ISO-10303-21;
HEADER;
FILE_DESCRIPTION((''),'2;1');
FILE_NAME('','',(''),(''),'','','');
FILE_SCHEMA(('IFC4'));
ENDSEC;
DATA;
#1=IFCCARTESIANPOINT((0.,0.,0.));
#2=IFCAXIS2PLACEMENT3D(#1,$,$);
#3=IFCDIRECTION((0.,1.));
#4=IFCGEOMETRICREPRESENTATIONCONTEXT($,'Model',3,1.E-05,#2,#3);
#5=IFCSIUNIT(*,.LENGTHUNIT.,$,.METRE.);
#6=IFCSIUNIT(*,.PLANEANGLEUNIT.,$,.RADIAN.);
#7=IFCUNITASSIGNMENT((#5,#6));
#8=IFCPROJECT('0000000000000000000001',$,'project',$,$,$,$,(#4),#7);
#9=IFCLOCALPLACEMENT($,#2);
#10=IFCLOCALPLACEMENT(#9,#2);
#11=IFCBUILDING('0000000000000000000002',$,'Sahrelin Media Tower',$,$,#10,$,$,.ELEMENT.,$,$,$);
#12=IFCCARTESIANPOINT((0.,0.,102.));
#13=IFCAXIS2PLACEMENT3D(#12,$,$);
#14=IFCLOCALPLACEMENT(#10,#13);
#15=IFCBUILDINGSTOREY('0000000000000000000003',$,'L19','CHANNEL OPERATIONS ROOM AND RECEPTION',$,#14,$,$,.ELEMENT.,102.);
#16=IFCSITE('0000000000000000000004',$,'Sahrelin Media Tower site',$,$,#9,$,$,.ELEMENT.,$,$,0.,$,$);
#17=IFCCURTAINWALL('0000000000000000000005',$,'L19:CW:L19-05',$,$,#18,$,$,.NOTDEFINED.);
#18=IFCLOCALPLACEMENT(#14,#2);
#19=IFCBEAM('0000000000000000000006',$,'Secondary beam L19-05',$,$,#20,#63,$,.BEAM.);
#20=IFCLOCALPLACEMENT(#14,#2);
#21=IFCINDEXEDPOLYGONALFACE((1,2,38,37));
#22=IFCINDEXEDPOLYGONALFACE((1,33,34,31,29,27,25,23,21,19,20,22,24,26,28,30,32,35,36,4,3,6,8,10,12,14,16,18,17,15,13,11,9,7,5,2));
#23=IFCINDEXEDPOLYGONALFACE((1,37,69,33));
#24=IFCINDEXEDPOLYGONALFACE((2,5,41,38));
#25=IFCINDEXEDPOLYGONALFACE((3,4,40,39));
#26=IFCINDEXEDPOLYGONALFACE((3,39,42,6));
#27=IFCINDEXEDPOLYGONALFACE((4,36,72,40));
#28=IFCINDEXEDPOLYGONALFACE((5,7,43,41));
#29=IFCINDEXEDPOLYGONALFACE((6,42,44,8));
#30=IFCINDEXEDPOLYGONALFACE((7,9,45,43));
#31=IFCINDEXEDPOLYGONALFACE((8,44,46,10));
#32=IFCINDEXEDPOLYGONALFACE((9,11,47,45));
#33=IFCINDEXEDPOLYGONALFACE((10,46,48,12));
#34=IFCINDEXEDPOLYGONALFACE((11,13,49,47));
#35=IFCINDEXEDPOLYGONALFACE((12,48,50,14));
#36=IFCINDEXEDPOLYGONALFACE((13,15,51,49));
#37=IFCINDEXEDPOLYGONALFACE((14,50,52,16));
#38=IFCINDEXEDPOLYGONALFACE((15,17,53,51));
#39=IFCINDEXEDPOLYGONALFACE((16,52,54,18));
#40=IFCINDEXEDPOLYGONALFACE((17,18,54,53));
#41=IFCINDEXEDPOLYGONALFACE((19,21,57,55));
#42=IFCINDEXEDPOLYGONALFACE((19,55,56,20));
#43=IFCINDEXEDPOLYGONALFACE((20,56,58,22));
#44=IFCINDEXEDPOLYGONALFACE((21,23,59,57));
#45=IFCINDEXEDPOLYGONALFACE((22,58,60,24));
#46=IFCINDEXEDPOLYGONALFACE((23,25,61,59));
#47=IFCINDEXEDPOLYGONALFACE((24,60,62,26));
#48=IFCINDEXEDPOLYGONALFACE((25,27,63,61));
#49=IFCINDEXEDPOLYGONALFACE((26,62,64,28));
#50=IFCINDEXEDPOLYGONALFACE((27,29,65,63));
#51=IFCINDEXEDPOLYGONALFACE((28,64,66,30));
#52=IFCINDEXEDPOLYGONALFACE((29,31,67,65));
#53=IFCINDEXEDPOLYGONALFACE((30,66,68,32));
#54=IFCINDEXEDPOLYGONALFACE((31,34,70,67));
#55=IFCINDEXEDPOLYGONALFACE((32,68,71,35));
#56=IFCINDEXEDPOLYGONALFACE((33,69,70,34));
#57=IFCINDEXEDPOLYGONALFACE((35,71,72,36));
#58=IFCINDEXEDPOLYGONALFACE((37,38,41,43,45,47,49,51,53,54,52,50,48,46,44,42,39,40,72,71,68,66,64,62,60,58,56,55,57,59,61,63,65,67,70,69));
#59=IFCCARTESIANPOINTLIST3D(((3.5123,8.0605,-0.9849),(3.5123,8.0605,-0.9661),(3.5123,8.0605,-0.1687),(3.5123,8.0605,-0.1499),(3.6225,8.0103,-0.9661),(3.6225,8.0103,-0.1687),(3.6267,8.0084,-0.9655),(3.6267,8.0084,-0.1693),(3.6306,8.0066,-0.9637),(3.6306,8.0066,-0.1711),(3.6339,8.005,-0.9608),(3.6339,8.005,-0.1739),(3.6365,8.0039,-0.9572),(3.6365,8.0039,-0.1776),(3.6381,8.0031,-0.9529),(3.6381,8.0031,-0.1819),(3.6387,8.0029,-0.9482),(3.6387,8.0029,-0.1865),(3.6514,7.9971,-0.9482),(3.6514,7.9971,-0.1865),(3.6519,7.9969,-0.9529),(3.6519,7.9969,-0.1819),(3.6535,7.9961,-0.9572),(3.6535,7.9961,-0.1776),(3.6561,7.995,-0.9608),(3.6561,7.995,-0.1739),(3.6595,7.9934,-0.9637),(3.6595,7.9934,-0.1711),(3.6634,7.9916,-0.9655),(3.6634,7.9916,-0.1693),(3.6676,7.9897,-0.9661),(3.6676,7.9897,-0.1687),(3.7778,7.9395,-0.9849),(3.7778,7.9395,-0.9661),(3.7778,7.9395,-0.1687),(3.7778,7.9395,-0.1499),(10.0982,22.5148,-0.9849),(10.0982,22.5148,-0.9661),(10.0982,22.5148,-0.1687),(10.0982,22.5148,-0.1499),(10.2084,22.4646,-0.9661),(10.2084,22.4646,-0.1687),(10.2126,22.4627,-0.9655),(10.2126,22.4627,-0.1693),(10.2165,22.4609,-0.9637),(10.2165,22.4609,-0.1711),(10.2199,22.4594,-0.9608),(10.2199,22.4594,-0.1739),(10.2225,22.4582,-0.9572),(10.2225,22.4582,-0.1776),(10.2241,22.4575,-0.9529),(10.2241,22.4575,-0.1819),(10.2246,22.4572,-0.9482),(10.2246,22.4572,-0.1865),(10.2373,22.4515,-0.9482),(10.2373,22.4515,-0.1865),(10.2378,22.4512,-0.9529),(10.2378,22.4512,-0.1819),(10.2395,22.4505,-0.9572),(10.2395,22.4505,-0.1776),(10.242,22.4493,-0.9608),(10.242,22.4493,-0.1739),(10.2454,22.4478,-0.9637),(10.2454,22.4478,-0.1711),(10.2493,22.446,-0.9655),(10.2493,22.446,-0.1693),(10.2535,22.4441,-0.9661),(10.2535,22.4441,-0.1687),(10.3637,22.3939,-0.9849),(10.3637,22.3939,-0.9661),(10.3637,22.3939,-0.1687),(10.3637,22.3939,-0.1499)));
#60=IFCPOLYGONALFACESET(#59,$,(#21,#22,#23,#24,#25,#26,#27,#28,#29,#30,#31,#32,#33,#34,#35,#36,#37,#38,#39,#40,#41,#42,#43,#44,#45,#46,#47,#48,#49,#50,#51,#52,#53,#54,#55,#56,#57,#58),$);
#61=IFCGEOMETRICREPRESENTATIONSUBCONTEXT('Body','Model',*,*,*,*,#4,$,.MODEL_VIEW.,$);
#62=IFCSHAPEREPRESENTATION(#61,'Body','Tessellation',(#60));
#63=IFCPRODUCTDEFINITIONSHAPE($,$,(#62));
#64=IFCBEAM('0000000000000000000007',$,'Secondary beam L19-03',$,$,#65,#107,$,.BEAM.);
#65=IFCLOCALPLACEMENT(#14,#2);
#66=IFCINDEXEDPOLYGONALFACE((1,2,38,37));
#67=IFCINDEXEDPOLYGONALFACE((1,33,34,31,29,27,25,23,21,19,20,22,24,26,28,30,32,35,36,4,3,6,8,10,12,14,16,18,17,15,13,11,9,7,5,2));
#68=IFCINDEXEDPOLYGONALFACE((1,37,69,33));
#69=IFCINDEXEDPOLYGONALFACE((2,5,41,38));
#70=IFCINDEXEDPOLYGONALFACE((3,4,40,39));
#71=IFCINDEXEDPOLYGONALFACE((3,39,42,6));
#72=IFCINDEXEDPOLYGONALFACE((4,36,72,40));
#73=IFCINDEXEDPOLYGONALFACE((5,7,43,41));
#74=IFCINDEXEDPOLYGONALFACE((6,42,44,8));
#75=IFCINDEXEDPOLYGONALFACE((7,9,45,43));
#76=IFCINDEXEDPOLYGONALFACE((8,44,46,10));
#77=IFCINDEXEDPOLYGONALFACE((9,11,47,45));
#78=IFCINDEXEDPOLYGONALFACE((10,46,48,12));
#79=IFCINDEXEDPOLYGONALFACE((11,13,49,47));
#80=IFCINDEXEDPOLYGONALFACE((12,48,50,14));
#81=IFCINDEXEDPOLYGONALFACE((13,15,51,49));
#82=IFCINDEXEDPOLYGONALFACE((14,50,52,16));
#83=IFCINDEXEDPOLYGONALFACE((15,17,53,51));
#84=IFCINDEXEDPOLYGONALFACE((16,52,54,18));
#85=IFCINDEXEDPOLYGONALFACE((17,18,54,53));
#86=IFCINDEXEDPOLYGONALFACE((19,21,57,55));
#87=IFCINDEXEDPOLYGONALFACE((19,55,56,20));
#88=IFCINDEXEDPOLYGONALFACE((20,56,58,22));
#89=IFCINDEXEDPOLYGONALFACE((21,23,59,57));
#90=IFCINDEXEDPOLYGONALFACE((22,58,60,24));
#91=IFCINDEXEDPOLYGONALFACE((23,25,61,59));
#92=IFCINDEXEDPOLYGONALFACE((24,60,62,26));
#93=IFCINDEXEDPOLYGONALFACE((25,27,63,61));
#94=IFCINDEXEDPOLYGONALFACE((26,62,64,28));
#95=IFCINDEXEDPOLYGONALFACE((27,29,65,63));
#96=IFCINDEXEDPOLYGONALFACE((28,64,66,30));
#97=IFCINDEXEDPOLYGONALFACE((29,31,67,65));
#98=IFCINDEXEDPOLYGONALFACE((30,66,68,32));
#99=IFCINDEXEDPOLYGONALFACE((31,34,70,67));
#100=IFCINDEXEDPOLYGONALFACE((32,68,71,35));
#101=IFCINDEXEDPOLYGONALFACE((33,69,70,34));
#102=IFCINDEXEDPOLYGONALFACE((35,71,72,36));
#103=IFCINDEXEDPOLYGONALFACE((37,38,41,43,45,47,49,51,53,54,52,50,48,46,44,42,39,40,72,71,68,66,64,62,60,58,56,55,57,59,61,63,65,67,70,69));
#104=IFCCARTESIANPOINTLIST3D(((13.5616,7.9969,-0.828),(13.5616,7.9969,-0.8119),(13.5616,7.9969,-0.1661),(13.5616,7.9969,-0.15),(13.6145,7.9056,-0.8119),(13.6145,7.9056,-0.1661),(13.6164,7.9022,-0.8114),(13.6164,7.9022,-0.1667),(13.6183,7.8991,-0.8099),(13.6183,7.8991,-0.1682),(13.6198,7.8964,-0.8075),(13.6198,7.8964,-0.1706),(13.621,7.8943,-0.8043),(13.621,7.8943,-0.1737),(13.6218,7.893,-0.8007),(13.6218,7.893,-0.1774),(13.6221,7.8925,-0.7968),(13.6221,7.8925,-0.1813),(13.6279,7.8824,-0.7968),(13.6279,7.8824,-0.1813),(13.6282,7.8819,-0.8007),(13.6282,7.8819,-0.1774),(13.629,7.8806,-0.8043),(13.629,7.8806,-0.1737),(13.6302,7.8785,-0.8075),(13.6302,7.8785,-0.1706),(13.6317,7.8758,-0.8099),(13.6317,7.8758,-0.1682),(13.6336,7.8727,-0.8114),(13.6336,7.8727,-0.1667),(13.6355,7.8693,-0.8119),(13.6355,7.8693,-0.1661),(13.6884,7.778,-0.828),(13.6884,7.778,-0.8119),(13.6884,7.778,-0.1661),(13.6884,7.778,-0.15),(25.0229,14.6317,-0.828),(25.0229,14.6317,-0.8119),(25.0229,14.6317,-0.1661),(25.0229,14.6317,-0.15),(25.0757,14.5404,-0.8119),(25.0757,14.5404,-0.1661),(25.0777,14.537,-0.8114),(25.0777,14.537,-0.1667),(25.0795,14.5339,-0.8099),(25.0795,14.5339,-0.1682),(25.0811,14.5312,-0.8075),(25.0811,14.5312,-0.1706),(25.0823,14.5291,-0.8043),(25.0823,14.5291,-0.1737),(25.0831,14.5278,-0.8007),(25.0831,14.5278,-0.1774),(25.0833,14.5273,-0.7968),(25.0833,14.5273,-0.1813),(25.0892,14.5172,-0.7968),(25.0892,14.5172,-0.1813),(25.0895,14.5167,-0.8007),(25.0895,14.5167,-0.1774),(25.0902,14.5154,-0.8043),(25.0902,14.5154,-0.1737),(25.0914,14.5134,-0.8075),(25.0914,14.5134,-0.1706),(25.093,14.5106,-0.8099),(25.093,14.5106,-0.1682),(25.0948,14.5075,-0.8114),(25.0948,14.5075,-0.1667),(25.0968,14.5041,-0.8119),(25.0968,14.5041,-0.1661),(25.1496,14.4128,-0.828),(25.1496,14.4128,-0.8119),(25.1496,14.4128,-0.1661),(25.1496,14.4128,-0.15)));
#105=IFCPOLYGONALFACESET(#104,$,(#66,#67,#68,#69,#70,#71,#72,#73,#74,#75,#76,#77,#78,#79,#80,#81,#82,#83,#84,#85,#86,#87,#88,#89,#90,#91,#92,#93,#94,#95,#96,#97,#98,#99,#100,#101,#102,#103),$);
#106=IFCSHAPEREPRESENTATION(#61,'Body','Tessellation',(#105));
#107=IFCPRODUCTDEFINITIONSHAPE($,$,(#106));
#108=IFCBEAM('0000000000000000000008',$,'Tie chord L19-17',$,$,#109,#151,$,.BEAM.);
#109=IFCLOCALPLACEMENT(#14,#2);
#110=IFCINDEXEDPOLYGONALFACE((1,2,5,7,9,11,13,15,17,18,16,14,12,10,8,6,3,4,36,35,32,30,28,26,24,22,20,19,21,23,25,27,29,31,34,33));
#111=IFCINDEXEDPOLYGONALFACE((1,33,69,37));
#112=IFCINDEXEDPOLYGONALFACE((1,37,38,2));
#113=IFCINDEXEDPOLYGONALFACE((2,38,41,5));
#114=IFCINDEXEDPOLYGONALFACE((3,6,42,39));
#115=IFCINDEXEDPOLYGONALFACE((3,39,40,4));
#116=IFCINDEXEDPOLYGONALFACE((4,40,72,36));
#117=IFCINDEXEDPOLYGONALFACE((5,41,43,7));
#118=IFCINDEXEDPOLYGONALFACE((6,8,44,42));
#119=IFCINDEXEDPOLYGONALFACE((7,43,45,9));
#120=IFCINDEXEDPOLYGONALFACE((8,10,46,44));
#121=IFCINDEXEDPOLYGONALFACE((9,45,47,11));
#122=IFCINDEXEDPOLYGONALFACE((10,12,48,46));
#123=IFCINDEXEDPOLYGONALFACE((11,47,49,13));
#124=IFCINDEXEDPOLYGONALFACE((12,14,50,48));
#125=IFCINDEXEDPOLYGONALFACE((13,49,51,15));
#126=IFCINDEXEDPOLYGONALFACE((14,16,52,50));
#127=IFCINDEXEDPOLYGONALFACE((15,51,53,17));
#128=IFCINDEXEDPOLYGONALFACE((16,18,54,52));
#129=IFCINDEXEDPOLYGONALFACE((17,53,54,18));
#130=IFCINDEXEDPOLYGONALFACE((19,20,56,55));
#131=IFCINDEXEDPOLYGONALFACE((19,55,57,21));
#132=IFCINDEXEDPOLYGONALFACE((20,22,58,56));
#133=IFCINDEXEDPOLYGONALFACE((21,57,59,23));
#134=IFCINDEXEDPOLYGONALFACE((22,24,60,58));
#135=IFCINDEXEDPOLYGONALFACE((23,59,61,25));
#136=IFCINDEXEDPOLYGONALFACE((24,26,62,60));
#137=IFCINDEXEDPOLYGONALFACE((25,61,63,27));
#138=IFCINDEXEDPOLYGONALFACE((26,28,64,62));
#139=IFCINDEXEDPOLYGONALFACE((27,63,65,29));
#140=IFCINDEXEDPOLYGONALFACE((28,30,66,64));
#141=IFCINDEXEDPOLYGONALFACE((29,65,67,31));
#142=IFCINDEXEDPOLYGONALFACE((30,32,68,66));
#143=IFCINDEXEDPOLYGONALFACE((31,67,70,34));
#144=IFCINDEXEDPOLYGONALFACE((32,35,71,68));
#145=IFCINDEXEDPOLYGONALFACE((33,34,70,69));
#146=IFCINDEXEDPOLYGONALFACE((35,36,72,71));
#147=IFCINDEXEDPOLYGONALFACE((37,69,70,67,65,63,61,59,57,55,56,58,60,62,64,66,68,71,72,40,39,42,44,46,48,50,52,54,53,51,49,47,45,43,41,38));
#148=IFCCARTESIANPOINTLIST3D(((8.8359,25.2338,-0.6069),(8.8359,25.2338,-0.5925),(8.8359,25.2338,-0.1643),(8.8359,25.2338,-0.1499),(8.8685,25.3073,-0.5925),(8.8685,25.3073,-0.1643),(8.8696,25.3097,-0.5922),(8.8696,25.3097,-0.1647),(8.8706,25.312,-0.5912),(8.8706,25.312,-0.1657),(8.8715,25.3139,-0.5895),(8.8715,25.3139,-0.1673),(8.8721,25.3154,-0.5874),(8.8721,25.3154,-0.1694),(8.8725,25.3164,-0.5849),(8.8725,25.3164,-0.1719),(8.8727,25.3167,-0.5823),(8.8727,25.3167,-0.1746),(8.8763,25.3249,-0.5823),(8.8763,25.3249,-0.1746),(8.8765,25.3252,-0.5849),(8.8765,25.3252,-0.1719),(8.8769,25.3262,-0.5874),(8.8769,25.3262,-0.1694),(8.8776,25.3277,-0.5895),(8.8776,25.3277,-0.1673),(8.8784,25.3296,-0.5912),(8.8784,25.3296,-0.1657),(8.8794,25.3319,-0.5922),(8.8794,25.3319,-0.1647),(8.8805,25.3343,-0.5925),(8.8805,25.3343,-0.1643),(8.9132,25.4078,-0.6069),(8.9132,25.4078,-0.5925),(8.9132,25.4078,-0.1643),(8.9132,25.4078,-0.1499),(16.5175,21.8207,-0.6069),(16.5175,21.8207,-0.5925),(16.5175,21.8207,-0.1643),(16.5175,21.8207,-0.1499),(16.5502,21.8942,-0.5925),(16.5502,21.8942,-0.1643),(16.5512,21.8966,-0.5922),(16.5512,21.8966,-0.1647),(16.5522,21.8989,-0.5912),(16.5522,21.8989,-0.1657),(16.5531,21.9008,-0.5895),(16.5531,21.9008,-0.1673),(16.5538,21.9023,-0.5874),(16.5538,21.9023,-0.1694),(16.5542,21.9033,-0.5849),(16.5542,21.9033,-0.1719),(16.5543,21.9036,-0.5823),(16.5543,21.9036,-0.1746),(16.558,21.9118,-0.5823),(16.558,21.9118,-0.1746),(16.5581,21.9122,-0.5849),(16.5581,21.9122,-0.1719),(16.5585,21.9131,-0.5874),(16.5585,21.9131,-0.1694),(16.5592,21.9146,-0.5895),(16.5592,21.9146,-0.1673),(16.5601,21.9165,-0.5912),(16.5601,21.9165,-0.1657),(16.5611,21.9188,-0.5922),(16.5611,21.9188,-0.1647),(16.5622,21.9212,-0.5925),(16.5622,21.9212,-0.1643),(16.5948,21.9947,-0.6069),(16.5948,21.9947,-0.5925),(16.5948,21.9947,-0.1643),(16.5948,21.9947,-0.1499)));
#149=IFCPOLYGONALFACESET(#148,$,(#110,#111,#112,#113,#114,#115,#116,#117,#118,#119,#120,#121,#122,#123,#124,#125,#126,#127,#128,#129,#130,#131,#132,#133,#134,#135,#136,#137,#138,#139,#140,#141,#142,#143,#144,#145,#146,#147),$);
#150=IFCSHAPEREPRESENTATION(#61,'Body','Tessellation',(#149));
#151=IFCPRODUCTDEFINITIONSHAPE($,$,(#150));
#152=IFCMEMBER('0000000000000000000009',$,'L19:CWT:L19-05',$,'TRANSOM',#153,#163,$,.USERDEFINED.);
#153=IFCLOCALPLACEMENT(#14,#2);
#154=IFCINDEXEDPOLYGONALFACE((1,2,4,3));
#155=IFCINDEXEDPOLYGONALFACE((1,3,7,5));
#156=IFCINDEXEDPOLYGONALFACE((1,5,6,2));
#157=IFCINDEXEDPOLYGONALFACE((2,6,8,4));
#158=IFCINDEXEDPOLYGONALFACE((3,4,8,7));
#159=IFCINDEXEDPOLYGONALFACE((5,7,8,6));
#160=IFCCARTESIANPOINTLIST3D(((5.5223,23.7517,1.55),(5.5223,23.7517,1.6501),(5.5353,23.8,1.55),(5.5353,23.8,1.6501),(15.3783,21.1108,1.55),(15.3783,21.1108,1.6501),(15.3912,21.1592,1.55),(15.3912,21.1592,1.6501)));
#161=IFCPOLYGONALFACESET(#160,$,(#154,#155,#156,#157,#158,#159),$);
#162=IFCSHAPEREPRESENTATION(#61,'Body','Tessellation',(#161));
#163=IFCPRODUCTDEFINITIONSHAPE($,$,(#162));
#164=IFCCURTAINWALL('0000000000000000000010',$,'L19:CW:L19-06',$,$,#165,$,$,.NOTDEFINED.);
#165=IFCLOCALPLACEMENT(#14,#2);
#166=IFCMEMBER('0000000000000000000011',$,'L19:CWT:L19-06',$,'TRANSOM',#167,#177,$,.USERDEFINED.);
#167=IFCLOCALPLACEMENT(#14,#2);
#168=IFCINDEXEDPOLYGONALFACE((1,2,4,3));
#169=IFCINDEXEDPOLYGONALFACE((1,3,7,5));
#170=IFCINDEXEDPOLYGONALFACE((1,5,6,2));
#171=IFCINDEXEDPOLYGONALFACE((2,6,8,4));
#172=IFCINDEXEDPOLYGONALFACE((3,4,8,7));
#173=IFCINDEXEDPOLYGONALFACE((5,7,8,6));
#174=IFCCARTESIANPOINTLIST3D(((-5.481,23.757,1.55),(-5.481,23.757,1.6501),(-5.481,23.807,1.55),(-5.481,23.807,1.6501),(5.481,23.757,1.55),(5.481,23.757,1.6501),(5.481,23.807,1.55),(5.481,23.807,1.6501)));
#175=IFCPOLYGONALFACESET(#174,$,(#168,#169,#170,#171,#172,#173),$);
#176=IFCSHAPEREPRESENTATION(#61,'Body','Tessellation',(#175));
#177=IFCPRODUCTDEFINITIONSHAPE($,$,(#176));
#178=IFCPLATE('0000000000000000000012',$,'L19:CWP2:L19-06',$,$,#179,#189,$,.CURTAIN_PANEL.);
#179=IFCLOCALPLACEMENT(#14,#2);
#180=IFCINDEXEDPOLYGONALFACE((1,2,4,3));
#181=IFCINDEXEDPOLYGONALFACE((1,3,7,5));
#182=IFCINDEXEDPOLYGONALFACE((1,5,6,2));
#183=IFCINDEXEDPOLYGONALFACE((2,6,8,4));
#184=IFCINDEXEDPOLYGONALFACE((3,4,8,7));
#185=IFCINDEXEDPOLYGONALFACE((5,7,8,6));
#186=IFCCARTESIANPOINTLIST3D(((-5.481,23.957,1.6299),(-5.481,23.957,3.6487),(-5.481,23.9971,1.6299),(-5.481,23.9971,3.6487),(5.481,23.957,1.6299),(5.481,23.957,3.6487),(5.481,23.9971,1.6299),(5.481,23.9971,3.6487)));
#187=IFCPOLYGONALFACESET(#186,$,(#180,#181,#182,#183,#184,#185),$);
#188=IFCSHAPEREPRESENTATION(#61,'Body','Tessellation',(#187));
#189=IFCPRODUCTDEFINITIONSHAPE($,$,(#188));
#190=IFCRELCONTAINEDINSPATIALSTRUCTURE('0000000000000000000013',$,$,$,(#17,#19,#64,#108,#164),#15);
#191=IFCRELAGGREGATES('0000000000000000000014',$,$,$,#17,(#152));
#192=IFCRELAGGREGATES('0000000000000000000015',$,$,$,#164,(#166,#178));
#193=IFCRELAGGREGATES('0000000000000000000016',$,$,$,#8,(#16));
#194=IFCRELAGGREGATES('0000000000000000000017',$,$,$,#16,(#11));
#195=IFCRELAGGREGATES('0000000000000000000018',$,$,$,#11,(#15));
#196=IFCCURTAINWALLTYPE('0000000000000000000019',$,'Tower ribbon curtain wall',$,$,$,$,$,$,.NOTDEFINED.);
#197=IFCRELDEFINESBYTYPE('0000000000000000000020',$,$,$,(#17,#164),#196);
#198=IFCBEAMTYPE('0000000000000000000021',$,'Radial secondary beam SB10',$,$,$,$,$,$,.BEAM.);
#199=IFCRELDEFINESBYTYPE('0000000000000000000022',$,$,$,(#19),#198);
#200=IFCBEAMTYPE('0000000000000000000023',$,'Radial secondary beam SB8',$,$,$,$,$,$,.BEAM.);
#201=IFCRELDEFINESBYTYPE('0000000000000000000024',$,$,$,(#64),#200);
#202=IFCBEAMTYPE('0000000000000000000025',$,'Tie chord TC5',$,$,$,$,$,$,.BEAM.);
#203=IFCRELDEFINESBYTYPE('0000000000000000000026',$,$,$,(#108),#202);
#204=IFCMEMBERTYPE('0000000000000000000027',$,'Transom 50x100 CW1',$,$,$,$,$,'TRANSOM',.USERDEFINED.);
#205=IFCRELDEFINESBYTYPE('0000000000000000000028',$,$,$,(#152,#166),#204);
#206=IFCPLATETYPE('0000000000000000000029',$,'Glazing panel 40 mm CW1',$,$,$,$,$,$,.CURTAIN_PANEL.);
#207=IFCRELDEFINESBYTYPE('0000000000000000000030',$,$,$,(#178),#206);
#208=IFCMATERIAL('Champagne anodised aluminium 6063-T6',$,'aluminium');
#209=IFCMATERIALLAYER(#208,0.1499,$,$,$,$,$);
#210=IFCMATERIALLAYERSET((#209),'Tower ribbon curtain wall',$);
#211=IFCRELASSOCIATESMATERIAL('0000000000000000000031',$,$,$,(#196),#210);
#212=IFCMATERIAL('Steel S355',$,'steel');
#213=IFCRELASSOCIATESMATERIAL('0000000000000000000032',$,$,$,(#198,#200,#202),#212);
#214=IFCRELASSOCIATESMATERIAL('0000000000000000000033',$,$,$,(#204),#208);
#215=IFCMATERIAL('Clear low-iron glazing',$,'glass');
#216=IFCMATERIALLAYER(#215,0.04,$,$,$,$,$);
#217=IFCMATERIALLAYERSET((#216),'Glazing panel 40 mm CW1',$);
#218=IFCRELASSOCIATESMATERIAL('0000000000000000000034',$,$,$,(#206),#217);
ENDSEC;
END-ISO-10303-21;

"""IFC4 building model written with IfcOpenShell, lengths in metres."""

from ifc_helpers import new_model, si_unit, direction, frame, origin, origin_2d, place, context, subcontext, project, spatial, polyline, rectangle, i_section, outline, extrude, material, layer, layer_set, material_profile, profile_set, type_object, element, aggregate, save


model = new_model("IFC4")

# Units and contexts
model_context = context("Model", 3, precision=1e-05, world=origin(), true_north=direction((0.0, 1.0)))
body_context = subcontext(model_context, "Body", "Model", "MODEL_VIEW")
ifc_project = project(units=[si_unit("LENGTHUNIT", "METRE"), si_unit("PLANEANGLEUNIT", "RADIAN")], contexts=[model_context])

# Site, building, storey
site_placement = place(None, origin())
site = spatial("IfcSite", under=ifc_project, at=site_placement, Name="Sahrelin Media Tower site", CompositionType="ELEMENT", RefElevation=0.0)
building_placement = place(site_placement, origin())
building = spatial("IfcBuilding", under=site, at=building_placement, Name="Sahrelin Media Tower", CompositionType="ELEMENT")
storey_placement = place(building_placement, frame((0.0, 0.0, 102.0)))
storey = spatial("IfcBuildingStorey", under=building, at=storey_placement, Name="L19", Description="CHANNEL OPERATIONS ROOM AND RECEPTION", CompositionType="ELEMENT", Elevation=102.0)

# Shared definitions
ifc_material_1 = material(Name="Steel S355", Category="steel")

# Curtain wall
ifc_material_2 = material(Name="Champagne anodised aluminium 6063-T6", Category="aluminium")
ifc_layer_1 = layer(ifc_material_2, 0.1499)
ifc_layer_set_1 = layer_set([ifc_layer_1], Name="Tower ribbon curtain wall")
curtain_wall_type = type_object("IfcCurtainWallType", Name="Tower ribbon curtain wall", PredefinedType="NOTDEFINED", material=ifc_layer_set_1)
curtain_wall_1_placement = place(storey_placement, frame((10.5071, 22.6438, 0.0), z_axis=(0.0, 0.0, 1.0), x_axis=(1.0, 0.0, 0.0)))
curtain_wall_1 = element("IfcCurtainWall", 1, at=curtain_wall_1_placement, inside=storey, type_object=curtain_wall_type, Name="L19:CW:L19-05", PredefinedType="NOTDEFINED")

# Beams
ifc_material_profile_1 = material_profile(ifc_material_1, i_section(OverallWidth=0.2917, OverallDepth=0.835, WebThickness=0.0139, FlangeThickness=0.0188, FilletRadius=0.0178, at=origin_2d()), Name="UB 838x292x176")
ifc_profile_set_1 = profile_set([ifc_material_profile_1], Name="Steel S355")
beam_type_1 = type_object("IfcBeamType", Name="Radial secondary beam SB10", PredefinedType="BEAM", material=ifc_profile_set_1)
beam_1_placement = place(storey_placement, frame((3.645, 8.0, -0.5674), z_axis=(0.414626, 0.909992, 0.0), x_axis=(-0.909992, 0.414626, 0.0)))
element("IfcBeam", 2, at=beam_1_placement, inside=storey, type_object=beam_type_1, Name="Secondary beam L19-05", PredefinedType="BEAM", context=body_context, shape_type="SweptSolid", body=[
    extrude(i_section(OverallWidth=0.2917, OverallDepth=0.835, WebThickness=0.0139, FlangeThickness=0.0188, FilletRadius=0.0178, at=origin_2d()), origin(), (0.0, 0.0, 1.0), 15.884),
])
ifc_material_profile_2 = material_profile(ifc_material_1, i_section(OverallWidth=0.2529, OverallDepth=0.678, WebThickness=0.0117, FlangeThickness=0.0161, FilletRadius=0.0151, at=origin_2d()), Name="UB 686x254x125")
ifc_profile_set_2 = profile_set([ifc_material_profile_2], Name="Steel S355")
beam_type_2 = type_object("IfcBeamType", Name="Radial secondary beam SB8", PredefinedType="BEAM", material=ifc_profile_set_2)
beam_2_placement = place(storey_placement, frame((13.625, 7.8875, -0.489), z_axis=(0.865448, 0.500999, 0.0), x_axis=(-0.500999, 0.865448, 0.0)))
element("IfcBeam", 3, at=beam_2_placement, inside=storey, type_object=beam_type_2, Name="Secondary beam L19-03", PredefinedType="BEAM", context=body_context, shape_type="SweptSolid", body=[
    extrude(i_section(OverallWidth=0.2529, OverallDepth=0.678, WebThickness=0.0117, FlangeThickness=0.0161, FilletRadius=0.0151, at=origin_2d()), origin(), (0.0, 0.0, 1.0), 13.2432),
])
ifc_material_profile_3 = material_profile(ifc_material_1, i_section(OverallWidth=0.1904, OverallDepth=0.457, WebThickness=0.009, FlangeThickness=0.0144, FilletRadius=0.0103, at=origin_2d()), Name="UB 457x191x74")
ifc_profile_set_3 = profile_set([ifc_material_profile_3], Name="Steel S355")
beam_type_3 = type_object("IfcBeamType", Name="Tie chord TC5", PredefinedType="BEAM", material=ifc_profile_set_3)
beam_3_placement = place(storey_placement, frame((8.8745, 25.3208, -0.3784), z_axis=(0.913855, -0.406041, 0.0), x_axis=(0.406041, 0.913855, 0.0)))
element("IfcBeam", 4, at=beam_3_placement, inside=storey, type_object=beam_type_3, Name="Tie chord L19-17", PredefinedType="BEAM", context=body_context, shape_type="SweptSolid", body=[
    extrude(i_section(OverallWidth=0.1904, OverallDepth=0.457, WebThickness=0.009, FlangeThickness=0.0144, FilletRadius=0.0103, at=origin_2d()), origin(), (0.0, 0.0, 1.0), 8.4058),
])

# Member
ifc_material_profile_4 = material_profile(ifc_material_2, rectangle(XDim=0.05, YDim=0.1001, at=origin_2d()), Name="Transom 50x100")
ifc_profile_set_4 = profile_set([ifc_material_profile_4], Name="Champagne anodised aluminium 6063-T6")
member_type_1 = type_object("IfcMemberType", Name="Transom 50x100 CW1", ElementType="TRANSOM", PredefinedType="USERDEFINED", material=ifc_profile_set_4)
member_1_placement = place(storey_placement, frame((15.3848, 21.135, 1.6001), z_axis=(-0.965926, 0.258817, 0.0), x_axis=(-0.258817, -0.965926, 0.0)))
member_1 = element("IfcMember", 5, at=member_1_placement, type_object=member_type_1, Name="L19:CWT:L19-05", ObjectType="TRANSOM", PredefinedType="USERDEFINED", context=body_context, shape_type="SweptSolid", body=[
    extrude(rectangle(XDim=0.05, YDim=0.1001, at=origin_2d()), origin(), (0.0, 0.0, 1.0), 10.2036),
])
aggregate(curtain_wall_1, [member_1])

# Curtain wall, member, plate
curtain_wall_2_placement = place(storey_placement, frame((0.0, 23.9771, 0.0), z_axis=(0.0, 0.0, 1.0), x_axis=(1.0, 0.0, 0.0)))
curtain_wall_2 = element("IfcCurtainWall", 6, at=curtain_wall_2_placement, inside=storey, type_object=curtain_wall_type, Name="L19:CW:L19-06", PredefinedType="NOTDEFINED")
member_2_placement = place(storey_placement, frame((5.481, 23.782, 1.6001), z_axis=(-1.0, 0.0, 0.0), x_axis=(0.0, -1.0, 0.0)))
member_2 = element("IfcMember", 7, at=member_2_placement, type_object=member_type_1, Name="L19:CWT:L19-06", ObjectType="TRANSOM", PredefinedType="USERDEFINED", context=body_context, shape_type="SweptSolid", body=[
    extrude(rectangle(XDim=0.05, YDim=0.1001, at=origin_2d()), origin(), (0.0, 0.0, 1.0), 10.9619),
])
ifc_material_3 = material(Name="Clear low-iron glazing", Category="glass")
ifc_layer_2 = layer(ifc_material_3, 0.04)
ifc_layer_set_2 = layer_set([ifc_layer_2], Name="Glazing panel 40 mm CW1")
plate_type_1 = type_object("IfcPlateType", Name="Glazing panel 40 mm CW1", PredefinedType="CURTAIN_PANEL", material=ifc_layer_set_2)
plate_1_placement = place(storey_placement, frame((5.481, 23.9971, 1.6299), z_axis=(0.0, 1.0, 0.0), x_axis=(-1.0, 0.0, 0.0)))
plate_1 = element("IfcPlate", 8, at=plate_1_placement, type_object=plate_type_1, Name="L19:CWP2:L19-06", PredefinedType="CURTAIN_PANEL", context=body_context, shape_type="SweptSolid", body=[
    extrude(outline(polyline([(0.0, 0.0), (10.9619, 0.0), (10.9619, 2.0188), (0.0, 2.0188), (0.0, 0.0)])), origin(), (0.0, 0.0, -1.0), 0.04),
])
aggregate(curtain_wall_2, [member_2, plate_1])

save(model, "model.ifc")
